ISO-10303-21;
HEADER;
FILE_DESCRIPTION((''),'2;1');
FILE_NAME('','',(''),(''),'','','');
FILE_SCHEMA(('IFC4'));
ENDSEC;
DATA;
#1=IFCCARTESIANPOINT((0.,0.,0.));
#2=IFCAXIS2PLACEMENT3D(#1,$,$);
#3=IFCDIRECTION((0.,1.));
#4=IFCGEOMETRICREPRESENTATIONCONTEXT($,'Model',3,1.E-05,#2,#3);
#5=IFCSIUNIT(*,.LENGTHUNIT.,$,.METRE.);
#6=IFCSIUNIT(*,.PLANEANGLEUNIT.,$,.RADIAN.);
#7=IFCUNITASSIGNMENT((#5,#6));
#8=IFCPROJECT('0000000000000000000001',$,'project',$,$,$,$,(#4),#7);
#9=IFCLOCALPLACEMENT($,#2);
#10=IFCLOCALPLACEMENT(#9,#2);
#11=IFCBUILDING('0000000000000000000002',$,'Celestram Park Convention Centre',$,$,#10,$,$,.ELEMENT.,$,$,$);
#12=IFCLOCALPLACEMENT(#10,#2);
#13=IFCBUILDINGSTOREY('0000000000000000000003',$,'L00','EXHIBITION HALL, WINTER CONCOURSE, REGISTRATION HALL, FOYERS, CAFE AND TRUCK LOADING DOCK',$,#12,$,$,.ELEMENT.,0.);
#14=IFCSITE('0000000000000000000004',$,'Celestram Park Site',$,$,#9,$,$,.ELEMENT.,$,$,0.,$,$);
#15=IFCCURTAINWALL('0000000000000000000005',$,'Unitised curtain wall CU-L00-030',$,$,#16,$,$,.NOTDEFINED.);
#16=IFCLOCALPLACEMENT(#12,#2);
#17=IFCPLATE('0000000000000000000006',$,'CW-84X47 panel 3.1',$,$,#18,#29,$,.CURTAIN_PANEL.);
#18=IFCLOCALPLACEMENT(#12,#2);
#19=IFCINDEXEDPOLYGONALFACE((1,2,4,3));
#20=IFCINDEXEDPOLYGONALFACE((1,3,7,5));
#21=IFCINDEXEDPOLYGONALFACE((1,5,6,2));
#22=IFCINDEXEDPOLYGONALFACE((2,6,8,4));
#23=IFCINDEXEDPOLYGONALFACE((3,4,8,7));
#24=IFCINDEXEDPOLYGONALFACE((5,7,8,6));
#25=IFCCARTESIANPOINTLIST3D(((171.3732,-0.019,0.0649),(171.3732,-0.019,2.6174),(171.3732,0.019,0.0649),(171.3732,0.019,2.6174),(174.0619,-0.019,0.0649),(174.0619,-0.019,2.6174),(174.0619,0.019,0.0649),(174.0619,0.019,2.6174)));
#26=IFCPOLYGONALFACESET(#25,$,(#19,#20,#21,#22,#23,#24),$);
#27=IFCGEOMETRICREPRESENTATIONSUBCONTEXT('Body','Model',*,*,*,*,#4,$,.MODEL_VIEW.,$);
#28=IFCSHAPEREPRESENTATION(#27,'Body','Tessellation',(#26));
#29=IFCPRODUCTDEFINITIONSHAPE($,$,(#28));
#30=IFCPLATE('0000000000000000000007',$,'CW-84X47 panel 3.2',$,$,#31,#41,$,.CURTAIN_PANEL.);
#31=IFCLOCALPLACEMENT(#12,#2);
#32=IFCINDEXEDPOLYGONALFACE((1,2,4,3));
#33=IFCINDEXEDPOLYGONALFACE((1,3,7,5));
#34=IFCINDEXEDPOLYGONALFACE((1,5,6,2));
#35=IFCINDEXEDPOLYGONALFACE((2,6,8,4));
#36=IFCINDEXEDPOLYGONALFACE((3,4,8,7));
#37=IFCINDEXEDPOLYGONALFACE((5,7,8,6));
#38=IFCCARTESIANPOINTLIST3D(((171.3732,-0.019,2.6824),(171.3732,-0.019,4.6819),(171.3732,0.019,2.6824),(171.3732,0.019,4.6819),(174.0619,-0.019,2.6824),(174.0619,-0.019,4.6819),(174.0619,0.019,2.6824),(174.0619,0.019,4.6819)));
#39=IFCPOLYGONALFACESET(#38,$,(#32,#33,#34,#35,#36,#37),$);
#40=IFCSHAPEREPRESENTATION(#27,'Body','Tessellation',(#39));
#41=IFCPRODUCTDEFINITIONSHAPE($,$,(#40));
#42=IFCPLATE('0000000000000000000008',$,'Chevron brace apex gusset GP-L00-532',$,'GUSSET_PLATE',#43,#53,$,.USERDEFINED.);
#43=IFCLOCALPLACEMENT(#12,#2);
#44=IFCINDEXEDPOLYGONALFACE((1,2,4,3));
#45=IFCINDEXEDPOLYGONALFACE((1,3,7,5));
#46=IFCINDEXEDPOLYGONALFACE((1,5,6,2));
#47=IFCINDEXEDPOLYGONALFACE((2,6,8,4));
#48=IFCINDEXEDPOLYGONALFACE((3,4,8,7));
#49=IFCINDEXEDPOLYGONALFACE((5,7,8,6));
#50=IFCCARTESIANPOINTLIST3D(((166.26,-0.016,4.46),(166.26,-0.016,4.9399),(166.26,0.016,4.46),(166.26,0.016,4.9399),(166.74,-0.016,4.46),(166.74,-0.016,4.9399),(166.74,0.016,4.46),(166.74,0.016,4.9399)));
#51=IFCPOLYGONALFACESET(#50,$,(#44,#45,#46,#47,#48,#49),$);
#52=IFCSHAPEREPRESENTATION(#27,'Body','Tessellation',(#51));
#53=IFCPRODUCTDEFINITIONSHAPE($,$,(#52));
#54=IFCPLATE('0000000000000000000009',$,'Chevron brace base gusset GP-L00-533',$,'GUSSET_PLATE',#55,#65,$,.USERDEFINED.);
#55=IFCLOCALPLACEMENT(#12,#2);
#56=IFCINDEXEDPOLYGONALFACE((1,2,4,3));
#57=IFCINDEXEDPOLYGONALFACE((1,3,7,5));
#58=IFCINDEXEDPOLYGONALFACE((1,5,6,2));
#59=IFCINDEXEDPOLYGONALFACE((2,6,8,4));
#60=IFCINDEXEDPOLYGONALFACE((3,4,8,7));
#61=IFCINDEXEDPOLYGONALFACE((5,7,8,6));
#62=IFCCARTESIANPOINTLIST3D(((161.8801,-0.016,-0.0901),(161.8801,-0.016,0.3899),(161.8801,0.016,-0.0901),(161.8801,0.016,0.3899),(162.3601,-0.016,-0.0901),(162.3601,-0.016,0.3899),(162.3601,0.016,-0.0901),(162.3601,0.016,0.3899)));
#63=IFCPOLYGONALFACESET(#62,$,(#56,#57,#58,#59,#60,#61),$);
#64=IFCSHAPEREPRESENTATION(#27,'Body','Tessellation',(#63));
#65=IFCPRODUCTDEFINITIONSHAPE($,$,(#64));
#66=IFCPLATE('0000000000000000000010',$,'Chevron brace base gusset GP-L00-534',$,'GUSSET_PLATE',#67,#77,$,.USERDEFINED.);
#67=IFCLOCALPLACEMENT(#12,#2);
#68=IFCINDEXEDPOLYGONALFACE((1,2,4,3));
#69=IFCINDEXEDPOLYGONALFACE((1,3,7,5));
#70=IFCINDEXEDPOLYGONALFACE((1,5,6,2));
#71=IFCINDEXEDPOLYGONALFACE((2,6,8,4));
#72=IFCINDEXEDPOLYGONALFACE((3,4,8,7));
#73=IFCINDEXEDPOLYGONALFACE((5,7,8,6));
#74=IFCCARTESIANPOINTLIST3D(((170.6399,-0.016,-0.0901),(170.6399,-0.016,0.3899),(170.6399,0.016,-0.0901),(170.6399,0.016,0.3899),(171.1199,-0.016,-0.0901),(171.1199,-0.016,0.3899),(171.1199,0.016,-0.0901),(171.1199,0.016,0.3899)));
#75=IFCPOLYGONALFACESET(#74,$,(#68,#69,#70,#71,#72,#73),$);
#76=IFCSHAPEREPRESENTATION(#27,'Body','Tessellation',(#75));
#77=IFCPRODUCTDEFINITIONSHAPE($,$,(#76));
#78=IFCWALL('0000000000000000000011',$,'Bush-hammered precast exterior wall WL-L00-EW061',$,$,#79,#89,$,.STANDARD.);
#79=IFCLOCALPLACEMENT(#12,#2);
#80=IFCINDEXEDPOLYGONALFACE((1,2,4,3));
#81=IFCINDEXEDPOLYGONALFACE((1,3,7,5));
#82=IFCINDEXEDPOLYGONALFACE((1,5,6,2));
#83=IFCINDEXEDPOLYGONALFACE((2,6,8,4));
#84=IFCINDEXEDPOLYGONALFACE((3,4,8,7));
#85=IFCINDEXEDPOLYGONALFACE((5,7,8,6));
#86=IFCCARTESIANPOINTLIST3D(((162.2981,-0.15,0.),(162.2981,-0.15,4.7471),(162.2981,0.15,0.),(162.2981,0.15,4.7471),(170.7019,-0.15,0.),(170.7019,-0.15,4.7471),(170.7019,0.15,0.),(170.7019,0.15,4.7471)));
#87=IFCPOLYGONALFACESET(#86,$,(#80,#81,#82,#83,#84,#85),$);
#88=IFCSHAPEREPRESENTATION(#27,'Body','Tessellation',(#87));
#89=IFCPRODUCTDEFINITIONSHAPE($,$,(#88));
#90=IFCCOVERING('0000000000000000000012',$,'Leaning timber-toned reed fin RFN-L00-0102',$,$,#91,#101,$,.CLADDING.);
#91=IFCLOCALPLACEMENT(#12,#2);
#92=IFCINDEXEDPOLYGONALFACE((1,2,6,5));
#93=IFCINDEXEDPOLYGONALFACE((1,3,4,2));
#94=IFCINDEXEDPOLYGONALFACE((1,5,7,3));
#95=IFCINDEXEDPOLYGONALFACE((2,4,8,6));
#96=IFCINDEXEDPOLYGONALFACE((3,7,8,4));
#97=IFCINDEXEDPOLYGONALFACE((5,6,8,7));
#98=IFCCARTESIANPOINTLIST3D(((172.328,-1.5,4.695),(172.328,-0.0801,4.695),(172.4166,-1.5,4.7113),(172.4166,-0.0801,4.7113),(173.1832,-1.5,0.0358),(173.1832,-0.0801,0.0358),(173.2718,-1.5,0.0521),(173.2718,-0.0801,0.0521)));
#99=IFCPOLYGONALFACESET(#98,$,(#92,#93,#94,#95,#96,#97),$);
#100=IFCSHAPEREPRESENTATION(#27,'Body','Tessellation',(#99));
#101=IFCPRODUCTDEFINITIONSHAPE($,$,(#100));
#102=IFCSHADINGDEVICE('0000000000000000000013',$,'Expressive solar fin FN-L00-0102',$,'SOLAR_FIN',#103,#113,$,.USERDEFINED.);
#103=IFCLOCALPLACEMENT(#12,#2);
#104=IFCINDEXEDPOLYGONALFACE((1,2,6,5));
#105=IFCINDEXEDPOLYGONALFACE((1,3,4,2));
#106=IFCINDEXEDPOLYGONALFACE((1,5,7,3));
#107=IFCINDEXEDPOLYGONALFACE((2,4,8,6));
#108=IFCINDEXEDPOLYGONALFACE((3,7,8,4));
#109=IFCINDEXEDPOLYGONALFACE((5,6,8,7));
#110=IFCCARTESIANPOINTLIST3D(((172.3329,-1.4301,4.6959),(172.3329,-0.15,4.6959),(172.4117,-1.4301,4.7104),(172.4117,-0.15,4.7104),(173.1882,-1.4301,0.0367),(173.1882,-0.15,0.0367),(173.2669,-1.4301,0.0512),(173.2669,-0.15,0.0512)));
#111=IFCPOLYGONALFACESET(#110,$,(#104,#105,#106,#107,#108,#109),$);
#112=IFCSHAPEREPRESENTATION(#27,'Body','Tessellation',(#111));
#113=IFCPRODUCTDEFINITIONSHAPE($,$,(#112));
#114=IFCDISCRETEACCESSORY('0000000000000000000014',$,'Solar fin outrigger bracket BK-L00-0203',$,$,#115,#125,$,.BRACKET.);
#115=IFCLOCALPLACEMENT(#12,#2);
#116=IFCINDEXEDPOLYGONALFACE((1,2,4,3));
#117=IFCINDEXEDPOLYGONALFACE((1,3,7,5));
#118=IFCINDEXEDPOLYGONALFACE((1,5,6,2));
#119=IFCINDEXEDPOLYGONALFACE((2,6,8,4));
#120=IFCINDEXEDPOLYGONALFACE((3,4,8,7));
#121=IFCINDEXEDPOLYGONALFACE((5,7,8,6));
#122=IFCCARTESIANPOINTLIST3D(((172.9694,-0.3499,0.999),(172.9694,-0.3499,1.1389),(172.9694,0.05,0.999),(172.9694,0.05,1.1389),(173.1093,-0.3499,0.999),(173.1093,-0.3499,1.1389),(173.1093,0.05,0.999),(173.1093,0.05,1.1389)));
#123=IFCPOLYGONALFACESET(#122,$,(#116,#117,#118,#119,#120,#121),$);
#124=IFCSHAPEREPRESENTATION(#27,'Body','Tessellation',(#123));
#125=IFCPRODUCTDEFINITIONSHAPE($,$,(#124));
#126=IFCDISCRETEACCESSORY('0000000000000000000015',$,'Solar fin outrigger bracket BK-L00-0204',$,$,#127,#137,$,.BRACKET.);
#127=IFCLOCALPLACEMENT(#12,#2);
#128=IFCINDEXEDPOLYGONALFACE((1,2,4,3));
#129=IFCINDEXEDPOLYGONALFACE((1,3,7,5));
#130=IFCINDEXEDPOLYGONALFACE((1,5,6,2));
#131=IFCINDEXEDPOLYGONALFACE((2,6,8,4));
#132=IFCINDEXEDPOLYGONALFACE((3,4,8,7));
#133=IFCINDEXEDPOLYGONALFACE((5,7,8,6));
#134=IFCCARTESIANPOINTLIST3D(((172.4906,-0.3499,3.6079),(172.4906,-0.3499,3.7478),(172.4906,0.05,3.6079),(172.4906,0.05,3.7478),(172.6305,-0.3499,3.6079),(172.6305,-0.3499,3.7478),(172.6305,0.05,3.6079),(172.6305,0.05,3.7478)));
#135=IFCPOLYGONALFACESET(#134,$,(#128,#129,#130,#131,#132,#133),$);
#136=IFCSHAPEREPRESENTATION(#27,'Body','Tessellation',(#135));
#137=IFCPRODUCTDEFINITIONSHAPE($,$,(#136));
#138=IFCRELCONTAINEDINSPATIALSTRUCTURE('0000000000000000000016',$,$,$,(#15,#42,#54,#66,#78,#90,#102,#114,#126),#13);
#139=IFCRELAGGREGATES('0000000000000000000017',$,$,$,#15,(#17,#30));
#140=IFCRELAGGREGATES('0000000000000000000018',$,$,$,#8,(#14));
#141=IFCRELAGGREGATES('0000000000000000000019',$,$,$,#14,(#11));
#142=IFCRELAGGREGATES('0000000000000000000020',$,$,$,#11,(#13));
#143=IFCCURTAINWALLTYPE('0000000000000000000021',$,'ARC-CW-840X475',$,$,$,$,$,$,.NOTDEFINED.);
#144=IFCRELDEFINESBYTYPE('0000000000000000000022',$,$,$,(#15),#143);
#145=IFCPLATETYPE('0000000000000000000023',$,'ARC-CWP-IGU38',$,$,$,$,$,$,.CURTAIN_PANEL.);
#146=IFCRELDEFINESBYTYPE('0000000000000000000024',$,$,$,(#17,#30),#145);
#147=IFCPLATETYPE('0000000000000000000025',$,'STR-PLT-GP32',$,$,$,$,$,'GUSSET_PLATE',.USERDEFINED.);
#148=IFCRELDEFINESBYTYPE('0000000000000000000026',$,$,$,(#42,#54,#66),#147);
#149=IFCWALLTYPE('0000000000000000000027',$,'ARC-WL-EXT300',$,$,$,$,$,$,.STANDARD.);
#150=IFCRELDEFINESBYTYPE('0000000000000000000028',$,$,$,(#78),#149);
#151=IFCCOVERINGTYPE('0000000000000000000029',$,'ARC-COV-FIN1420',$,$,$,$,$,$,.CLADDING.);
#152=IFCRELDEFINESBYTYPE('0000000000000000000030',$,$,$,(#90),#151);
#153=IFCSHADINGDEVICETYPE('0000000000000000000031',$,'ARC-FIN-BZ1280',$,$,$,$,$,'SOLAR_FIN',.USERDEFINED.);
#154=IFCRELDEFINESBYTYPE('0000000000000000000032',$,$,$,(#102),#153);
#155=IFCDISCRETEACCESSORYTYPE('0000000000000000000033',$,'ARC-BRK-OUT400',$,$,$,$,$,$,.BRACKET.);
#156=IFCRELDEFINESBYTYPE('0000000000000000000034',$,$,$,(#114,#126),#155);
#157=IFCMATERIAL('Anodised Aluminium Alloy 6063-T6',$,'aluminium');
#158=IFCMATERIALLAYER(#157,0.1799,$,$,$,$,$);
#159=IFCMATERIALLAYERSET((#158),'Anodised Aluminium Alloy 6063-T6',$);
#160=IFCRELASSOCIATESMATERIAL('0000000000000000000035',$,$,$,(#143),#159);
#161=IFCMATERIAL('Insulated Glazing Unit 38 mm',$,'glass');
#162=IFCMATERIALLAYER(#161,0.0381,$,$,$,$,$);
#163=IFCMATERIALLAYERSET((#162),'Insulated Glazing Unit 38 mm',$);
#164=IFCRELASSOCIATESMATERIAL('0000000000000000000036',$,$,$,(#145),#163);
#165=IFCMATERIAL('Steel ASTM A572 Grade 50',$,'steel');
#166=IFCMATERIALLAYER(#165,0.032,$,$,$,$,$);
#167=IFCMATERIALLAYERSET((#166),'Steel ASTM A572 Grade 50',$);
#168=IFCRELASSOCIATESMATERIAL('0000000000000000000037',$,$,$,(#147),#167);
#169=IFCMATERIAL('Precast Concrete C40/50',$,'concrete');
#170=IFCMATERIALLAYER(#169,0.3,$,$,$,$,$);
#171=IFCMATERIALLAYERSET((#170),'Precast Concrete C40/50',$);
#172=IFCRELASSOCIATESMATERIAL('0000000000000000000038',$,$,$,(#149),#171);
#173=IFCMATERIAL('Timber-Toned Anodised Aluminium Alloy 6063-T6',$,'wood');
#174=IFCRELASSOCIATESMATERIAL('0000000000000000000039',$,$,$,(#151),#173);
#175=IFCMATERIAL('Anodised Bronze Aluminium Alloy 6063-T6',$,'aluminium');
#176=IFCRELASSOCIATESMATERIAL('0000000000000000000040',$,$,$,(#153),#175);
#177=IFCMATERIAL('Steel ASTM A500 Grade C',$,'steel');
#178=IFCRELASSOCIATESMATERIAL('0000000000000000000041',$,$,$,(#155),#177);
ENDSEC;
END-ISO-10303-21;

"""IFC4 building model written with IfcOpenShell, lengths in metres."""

from ifc_helpers import new_model, si_unit, direction, frame, frame_2d, origin, origin_2d, place, context, subcontext, project, spatial, rectangle, extrude, material, layer, layer_set, material_profile, profile_set, type_object, element, aggregate, save


model = new_model("IFC4")

# Units and contexts
model_context = context("Model", 3, precision=1e-05, world=origin(), true_north=direction((0.0, 1.0)))
body_context = subcontext(model_context, "Body", "Model", "MODEL_VIEW")
ifc_project = project(units=[si_unit("LENGTHUNIT", "METRE"), si_unit("PLANEANGLEUNIT", "RADIAN")], contexts=[model_context])

# Site, building, storey
site_placement = place(None, origin())
site = spatial("IfcSite", under=ifc_project, at=site_placement, Name="Celestram Park Site", CompositionType="ELEMENT", RefElevation=0.0)
building_placement = place(site_placement, origin())
building = spatial("IfcBuilding", under=site, at=building_placement, Name="Celestram Park Convention Centre", CompositionType="ELEMENT")
storey_placement = place(building_placement, origin())
storey = spatial("IfcBuildingStorey", under=building, at=storey_placement, Name="L00", Description="EXHIBITION HALL, WINTER CONCOURSE, REGISTRATION HALL, FOYERS, CAFE AND TRUCK LOADING DOCK", CompositionType="ELEMENT", Elevation=0.0)

# Curtain wall
ifc_material_1 = material(Name="Anodised Aluminium Alloy 6063-T6", Category="aluminium")
ifc_layer_1 = layer(ifc_material_1, 0.1799)
ifc_layer_set_1 = layer_set([ifc_layer_1], Name="Anodised Aluminium Alloy 6063-T6")
curtain_wall_type = type_object("IfcCurtainWallType", Name="ARC-CW-840X475", PredefinedType="NOTDEFINED", material=ifc_layer_set_1)
curtain_wall_placement = place(storey_placement, origin())
curtain_wall = element("IfcCurtainWall", 1, at=curtain_wall_placement, inside=storey, type_object=curtain_wall_type, Name="Unitised curtain wall CU-L00-030", PredefinedType="NOTDEFINED")

# Shared definitions
ifc_material_2 = material(Name="Steel ASTM A500 Grade C", Category="steel")

# Plates
ifc_material_3 = material(Name="Insulated Glazing Unit 38 mm", Category="glass")
ifc_layer_2 = layer(ifc_material_3, 0.0381)
ifc_layer_set_2 = layer_set([ifc_layer_2], Name="Insulated Glazing Unit 38 mm")
plate_type_1 = type_object("IfcPlateType", Name="ARC-CWP-IGU38", PredefinedType="CURTAIN_PANEL", material=ifc_layer_set_2)
plate_1_placement = place(storey_placement, frame((172.7175, 0.0, 0.0649), z_axis=(0.0, 0.0, 1.0), x_axis=(-1.0, 0.0, 0.0)))
plate_1 = element("IfcPlate", 2, at=plate_1_placement, type_object=plate_type_1, Name="CW-84X47 panel 3.1", PredefinedType="CURTAIN_PANEL", context=body_context, shape_type="SweptSolid", body=[
    extrude(rectangle(XDim=2.6887, YDim=0.0381, at=origin_2d()), origin(), (0.0, 0.0, 1.0), 2.5525),
])
plate_2_placement = place(storey_placement, frame((172.7175, 0.0, 2.6824), z_axis=(0.0, 0.0, 1.0), x_axis=(-1.0, 0.0, 0.0)))
plate_2 = element("IfcPlate", 3, at=plate_2_placement, type_object=plate_type_1, Name="CW-84X47 panel 3.2", PredefinedType="CURTAIN_PANEL", context=body_context, shape_type="SweptSolid", body=[
    extrude(rectangle(XDim=2.6887, YDim=0.0381, at=origin_2d()), origin(), (0.0, 0.0, 1.0), 1.9995),
])
aggregate(curtain_wall, [plate_1, plate_2])

# Plates
ifc_material_4 = material(Name="Steel ASTM A572 Grade 50", Category="steel")
ifc_layer_3 = layer(ifc_material_4, 0.032)
ifc_layer_set_3 = layer_set([ifc_layer_3], Name="Steel ASTM A572 Grade 50")
plate_type_2 = type_object("IfcPlateType", Name="STR-PLT-GP32", ElementType="GUSSET_PLATE", PredefinedType="USERDEFINED", material=ifc_layer_set_3)
for number, where, z_axis, x_axis, name in (
    (4, (166.5, 0.0, 4.46), (0.0, 0.0, 1.0), (1.0, 0.0, 0.0), "Chevron brace apex gusset GP-L00-532"),
    (5, (162.1201, 0.0, -0.0901), (0.0, 0.0, 1.0), (1.0, 0.0, 0.0), "Chevron brace base gusset GP-L00-533"),
    (6, (170.8799, 0.0, -0.0901), (0.0, 0.0, 1.0), (1.0, 0.0, 0.0), "Chevron brace base gusset GP-L00-534"),
):
    element("IfcPlate", number, at=place(storey_placement, frame(where, z_axis=z_axis, x_axis=x_axis)), inside=storey, type_object=plate_type_2, Name=name, ObjectType="GUSSET_PLATE", PredefinedType="USERDEFINED", context=body_context, shape_type="SweptSolid", body=[
        extrude(rectangle(XDim=0.48, YDim=0.032, at=origin_2d()), origin(), (0.0, 0.0, 1.0), 0.48),
    ])

# Wall
ifc_material_5 = material(Name="Precast Concrete C40/50", Category="concrete")
ifc_layer_4 = layer(ifc_material_5, 0.3)
ifc_layer_set_4 = layer_set([ifc_layer_4], Name="Precast Concrete C40/50")
wall_type = type_object("IfcWallType", Name="ARC-WL-EXT300", PredefinedType="STANDARD", material=ifc_layer_set_4)
wall_placement = place(storey_placement, frame((170.7019, 0.0, 0.0), z_axis=(0.0, 0.0, 1.0), x_axis=(-1.0, 0.0, 0.0)))
element("IfcWall", 7, at=wall_placement, inside=storey, type_object=wall_type, Name="Bush-hammered precast exterior wall WL-L00-EW061", PredefinedType="STANDARD", context=body_context, shape_type="SweptSolid", body=[
    extrude(rectangle(XDim=8.4038, YDim=0.3, at=frame_2d((4.2019, 0.0))), origin(), (0.0, 0.0, 1.0), 4.7471),
])

# Covering
ifc_material_6 = material(Name="Timber-Toned Anodised Aluminium Alloy 6063-T6", Category="wood")
ifc_material_profile_1 = material_profile(ifc_material_6, rectangle(XDim=1.4199, YDim=0.0901, at=origin_2d()), Name="REED1420X90")
ifc_profile_set_1 = profile_set([ifc_material_profile_1], Name="Timber-Toned Anodised Aluminium Alloy 6063-T6")
covering_type = type_object("IfcCoveringType", Name="ARC-COV-FIN1420", PredefinedType="CLADDING", material=ifc_profile_set_1)
covering_placement = place(storey_placement, frame((173.2275, -0.79, 0.0439), z_axis=(-0.180541, 0.0, 0.983568), x_axis=(0.0, -1.0, 0.0)))
element("IfcCovering", 8, at=covering_placement, inside=storey, type_object=covering_type, Name="Leaning timber-toned reed fin RFN-L00-0102", PredefinedType="CLADDING", context=body_context, shape_type="SweptSolid", body=[
    extrude(rectangle(XDim=1.4199, YDim=0.0901, at=origin_2d()), origin(), (0.0, 0.0, 1.0), 4.7371),
])

# Shading device
ifc_material_7 = material(Name="Anodised Bronze Aluminium Alloy 6063-T6", Category="aluminium")
ifc_material_profile_2 = material_profile(ifc_material_7, rectangle(XDim=1.28, YDim=0.0801, at=origin_2d()), Name="FIN1280X80")
ifc_profile_set_2 = profile_set([ifc_material_profile_2], Name="Anodised Bronze Aluminium Alloy 6063-T6")
shading_device_type = type_object("IfcShadingDeviceType", Name="ARC-FIN-BZ1280", ElementType="SOLAR_FIN", PredefinedType="USERDEFINED", material=ifc_profile_set_2)
shading_device_placement = place(storey_placement, frame((173.2275, -0.79, 0.0439), z_axis=(-0.180541, 0.0, 0.983568), x_axis=(0.0, -1.0, 0.0)))
element("IfcShadingDevice", 9, at=shading_device_placement, inside=storey, type_object=shading_device_type, Name="Expressive solar fin FN-L00-0102", ObjectType="SOLAR_FIN", PredefinedType="USERDEFINED", context=body_context, shape_type="SweptSolid", body=[
    extrude(rectangle(XDim=1.28, YDim=0.0801, at=origin_2d()), origin(), (0.0, 0.0, 1.0), 4.7371),
])

# Discrete accessories
discrete_accessory_type = type_object("IfcDiscreteAccessoryType", Name="ARC-BRK-OUT400", PredefinedType="BRACKET", material=ifc_material_2)
for number, where, z_axis, x_axis, name in (
    (10, (173.0393, -0.1499, 0.999), (0.0, 0.0, 1.0), (0.0, -1.0, 0.0), "Solar fin outrigger bracket BK-L00-0203"),
    (11, (172.5605, -0.1499, 3.6079), (0.0, 0.0, 1.0), (0.0, -1.0, 0.0), "Solar fin outrigger bracket BK-L00-0204"),
):
    element("IfcDiscreteAccessory", number, at=place(storey_placement, frame(where, z_axis=z_axis, x_axis=x_axis)), inside=storey, type_object=discrete_accessory_type, Name=name, PredefinedType="BRACKET", context=body_context, shape_type="SweptSolid", body=[
        extrude(rectangle(XDim=0.3999, YDim=0.1399, at=origin_2d()), origin(), (0.0, 0.0, 1.0), 0.1399),
    ])

save(model, "model.ifc")
